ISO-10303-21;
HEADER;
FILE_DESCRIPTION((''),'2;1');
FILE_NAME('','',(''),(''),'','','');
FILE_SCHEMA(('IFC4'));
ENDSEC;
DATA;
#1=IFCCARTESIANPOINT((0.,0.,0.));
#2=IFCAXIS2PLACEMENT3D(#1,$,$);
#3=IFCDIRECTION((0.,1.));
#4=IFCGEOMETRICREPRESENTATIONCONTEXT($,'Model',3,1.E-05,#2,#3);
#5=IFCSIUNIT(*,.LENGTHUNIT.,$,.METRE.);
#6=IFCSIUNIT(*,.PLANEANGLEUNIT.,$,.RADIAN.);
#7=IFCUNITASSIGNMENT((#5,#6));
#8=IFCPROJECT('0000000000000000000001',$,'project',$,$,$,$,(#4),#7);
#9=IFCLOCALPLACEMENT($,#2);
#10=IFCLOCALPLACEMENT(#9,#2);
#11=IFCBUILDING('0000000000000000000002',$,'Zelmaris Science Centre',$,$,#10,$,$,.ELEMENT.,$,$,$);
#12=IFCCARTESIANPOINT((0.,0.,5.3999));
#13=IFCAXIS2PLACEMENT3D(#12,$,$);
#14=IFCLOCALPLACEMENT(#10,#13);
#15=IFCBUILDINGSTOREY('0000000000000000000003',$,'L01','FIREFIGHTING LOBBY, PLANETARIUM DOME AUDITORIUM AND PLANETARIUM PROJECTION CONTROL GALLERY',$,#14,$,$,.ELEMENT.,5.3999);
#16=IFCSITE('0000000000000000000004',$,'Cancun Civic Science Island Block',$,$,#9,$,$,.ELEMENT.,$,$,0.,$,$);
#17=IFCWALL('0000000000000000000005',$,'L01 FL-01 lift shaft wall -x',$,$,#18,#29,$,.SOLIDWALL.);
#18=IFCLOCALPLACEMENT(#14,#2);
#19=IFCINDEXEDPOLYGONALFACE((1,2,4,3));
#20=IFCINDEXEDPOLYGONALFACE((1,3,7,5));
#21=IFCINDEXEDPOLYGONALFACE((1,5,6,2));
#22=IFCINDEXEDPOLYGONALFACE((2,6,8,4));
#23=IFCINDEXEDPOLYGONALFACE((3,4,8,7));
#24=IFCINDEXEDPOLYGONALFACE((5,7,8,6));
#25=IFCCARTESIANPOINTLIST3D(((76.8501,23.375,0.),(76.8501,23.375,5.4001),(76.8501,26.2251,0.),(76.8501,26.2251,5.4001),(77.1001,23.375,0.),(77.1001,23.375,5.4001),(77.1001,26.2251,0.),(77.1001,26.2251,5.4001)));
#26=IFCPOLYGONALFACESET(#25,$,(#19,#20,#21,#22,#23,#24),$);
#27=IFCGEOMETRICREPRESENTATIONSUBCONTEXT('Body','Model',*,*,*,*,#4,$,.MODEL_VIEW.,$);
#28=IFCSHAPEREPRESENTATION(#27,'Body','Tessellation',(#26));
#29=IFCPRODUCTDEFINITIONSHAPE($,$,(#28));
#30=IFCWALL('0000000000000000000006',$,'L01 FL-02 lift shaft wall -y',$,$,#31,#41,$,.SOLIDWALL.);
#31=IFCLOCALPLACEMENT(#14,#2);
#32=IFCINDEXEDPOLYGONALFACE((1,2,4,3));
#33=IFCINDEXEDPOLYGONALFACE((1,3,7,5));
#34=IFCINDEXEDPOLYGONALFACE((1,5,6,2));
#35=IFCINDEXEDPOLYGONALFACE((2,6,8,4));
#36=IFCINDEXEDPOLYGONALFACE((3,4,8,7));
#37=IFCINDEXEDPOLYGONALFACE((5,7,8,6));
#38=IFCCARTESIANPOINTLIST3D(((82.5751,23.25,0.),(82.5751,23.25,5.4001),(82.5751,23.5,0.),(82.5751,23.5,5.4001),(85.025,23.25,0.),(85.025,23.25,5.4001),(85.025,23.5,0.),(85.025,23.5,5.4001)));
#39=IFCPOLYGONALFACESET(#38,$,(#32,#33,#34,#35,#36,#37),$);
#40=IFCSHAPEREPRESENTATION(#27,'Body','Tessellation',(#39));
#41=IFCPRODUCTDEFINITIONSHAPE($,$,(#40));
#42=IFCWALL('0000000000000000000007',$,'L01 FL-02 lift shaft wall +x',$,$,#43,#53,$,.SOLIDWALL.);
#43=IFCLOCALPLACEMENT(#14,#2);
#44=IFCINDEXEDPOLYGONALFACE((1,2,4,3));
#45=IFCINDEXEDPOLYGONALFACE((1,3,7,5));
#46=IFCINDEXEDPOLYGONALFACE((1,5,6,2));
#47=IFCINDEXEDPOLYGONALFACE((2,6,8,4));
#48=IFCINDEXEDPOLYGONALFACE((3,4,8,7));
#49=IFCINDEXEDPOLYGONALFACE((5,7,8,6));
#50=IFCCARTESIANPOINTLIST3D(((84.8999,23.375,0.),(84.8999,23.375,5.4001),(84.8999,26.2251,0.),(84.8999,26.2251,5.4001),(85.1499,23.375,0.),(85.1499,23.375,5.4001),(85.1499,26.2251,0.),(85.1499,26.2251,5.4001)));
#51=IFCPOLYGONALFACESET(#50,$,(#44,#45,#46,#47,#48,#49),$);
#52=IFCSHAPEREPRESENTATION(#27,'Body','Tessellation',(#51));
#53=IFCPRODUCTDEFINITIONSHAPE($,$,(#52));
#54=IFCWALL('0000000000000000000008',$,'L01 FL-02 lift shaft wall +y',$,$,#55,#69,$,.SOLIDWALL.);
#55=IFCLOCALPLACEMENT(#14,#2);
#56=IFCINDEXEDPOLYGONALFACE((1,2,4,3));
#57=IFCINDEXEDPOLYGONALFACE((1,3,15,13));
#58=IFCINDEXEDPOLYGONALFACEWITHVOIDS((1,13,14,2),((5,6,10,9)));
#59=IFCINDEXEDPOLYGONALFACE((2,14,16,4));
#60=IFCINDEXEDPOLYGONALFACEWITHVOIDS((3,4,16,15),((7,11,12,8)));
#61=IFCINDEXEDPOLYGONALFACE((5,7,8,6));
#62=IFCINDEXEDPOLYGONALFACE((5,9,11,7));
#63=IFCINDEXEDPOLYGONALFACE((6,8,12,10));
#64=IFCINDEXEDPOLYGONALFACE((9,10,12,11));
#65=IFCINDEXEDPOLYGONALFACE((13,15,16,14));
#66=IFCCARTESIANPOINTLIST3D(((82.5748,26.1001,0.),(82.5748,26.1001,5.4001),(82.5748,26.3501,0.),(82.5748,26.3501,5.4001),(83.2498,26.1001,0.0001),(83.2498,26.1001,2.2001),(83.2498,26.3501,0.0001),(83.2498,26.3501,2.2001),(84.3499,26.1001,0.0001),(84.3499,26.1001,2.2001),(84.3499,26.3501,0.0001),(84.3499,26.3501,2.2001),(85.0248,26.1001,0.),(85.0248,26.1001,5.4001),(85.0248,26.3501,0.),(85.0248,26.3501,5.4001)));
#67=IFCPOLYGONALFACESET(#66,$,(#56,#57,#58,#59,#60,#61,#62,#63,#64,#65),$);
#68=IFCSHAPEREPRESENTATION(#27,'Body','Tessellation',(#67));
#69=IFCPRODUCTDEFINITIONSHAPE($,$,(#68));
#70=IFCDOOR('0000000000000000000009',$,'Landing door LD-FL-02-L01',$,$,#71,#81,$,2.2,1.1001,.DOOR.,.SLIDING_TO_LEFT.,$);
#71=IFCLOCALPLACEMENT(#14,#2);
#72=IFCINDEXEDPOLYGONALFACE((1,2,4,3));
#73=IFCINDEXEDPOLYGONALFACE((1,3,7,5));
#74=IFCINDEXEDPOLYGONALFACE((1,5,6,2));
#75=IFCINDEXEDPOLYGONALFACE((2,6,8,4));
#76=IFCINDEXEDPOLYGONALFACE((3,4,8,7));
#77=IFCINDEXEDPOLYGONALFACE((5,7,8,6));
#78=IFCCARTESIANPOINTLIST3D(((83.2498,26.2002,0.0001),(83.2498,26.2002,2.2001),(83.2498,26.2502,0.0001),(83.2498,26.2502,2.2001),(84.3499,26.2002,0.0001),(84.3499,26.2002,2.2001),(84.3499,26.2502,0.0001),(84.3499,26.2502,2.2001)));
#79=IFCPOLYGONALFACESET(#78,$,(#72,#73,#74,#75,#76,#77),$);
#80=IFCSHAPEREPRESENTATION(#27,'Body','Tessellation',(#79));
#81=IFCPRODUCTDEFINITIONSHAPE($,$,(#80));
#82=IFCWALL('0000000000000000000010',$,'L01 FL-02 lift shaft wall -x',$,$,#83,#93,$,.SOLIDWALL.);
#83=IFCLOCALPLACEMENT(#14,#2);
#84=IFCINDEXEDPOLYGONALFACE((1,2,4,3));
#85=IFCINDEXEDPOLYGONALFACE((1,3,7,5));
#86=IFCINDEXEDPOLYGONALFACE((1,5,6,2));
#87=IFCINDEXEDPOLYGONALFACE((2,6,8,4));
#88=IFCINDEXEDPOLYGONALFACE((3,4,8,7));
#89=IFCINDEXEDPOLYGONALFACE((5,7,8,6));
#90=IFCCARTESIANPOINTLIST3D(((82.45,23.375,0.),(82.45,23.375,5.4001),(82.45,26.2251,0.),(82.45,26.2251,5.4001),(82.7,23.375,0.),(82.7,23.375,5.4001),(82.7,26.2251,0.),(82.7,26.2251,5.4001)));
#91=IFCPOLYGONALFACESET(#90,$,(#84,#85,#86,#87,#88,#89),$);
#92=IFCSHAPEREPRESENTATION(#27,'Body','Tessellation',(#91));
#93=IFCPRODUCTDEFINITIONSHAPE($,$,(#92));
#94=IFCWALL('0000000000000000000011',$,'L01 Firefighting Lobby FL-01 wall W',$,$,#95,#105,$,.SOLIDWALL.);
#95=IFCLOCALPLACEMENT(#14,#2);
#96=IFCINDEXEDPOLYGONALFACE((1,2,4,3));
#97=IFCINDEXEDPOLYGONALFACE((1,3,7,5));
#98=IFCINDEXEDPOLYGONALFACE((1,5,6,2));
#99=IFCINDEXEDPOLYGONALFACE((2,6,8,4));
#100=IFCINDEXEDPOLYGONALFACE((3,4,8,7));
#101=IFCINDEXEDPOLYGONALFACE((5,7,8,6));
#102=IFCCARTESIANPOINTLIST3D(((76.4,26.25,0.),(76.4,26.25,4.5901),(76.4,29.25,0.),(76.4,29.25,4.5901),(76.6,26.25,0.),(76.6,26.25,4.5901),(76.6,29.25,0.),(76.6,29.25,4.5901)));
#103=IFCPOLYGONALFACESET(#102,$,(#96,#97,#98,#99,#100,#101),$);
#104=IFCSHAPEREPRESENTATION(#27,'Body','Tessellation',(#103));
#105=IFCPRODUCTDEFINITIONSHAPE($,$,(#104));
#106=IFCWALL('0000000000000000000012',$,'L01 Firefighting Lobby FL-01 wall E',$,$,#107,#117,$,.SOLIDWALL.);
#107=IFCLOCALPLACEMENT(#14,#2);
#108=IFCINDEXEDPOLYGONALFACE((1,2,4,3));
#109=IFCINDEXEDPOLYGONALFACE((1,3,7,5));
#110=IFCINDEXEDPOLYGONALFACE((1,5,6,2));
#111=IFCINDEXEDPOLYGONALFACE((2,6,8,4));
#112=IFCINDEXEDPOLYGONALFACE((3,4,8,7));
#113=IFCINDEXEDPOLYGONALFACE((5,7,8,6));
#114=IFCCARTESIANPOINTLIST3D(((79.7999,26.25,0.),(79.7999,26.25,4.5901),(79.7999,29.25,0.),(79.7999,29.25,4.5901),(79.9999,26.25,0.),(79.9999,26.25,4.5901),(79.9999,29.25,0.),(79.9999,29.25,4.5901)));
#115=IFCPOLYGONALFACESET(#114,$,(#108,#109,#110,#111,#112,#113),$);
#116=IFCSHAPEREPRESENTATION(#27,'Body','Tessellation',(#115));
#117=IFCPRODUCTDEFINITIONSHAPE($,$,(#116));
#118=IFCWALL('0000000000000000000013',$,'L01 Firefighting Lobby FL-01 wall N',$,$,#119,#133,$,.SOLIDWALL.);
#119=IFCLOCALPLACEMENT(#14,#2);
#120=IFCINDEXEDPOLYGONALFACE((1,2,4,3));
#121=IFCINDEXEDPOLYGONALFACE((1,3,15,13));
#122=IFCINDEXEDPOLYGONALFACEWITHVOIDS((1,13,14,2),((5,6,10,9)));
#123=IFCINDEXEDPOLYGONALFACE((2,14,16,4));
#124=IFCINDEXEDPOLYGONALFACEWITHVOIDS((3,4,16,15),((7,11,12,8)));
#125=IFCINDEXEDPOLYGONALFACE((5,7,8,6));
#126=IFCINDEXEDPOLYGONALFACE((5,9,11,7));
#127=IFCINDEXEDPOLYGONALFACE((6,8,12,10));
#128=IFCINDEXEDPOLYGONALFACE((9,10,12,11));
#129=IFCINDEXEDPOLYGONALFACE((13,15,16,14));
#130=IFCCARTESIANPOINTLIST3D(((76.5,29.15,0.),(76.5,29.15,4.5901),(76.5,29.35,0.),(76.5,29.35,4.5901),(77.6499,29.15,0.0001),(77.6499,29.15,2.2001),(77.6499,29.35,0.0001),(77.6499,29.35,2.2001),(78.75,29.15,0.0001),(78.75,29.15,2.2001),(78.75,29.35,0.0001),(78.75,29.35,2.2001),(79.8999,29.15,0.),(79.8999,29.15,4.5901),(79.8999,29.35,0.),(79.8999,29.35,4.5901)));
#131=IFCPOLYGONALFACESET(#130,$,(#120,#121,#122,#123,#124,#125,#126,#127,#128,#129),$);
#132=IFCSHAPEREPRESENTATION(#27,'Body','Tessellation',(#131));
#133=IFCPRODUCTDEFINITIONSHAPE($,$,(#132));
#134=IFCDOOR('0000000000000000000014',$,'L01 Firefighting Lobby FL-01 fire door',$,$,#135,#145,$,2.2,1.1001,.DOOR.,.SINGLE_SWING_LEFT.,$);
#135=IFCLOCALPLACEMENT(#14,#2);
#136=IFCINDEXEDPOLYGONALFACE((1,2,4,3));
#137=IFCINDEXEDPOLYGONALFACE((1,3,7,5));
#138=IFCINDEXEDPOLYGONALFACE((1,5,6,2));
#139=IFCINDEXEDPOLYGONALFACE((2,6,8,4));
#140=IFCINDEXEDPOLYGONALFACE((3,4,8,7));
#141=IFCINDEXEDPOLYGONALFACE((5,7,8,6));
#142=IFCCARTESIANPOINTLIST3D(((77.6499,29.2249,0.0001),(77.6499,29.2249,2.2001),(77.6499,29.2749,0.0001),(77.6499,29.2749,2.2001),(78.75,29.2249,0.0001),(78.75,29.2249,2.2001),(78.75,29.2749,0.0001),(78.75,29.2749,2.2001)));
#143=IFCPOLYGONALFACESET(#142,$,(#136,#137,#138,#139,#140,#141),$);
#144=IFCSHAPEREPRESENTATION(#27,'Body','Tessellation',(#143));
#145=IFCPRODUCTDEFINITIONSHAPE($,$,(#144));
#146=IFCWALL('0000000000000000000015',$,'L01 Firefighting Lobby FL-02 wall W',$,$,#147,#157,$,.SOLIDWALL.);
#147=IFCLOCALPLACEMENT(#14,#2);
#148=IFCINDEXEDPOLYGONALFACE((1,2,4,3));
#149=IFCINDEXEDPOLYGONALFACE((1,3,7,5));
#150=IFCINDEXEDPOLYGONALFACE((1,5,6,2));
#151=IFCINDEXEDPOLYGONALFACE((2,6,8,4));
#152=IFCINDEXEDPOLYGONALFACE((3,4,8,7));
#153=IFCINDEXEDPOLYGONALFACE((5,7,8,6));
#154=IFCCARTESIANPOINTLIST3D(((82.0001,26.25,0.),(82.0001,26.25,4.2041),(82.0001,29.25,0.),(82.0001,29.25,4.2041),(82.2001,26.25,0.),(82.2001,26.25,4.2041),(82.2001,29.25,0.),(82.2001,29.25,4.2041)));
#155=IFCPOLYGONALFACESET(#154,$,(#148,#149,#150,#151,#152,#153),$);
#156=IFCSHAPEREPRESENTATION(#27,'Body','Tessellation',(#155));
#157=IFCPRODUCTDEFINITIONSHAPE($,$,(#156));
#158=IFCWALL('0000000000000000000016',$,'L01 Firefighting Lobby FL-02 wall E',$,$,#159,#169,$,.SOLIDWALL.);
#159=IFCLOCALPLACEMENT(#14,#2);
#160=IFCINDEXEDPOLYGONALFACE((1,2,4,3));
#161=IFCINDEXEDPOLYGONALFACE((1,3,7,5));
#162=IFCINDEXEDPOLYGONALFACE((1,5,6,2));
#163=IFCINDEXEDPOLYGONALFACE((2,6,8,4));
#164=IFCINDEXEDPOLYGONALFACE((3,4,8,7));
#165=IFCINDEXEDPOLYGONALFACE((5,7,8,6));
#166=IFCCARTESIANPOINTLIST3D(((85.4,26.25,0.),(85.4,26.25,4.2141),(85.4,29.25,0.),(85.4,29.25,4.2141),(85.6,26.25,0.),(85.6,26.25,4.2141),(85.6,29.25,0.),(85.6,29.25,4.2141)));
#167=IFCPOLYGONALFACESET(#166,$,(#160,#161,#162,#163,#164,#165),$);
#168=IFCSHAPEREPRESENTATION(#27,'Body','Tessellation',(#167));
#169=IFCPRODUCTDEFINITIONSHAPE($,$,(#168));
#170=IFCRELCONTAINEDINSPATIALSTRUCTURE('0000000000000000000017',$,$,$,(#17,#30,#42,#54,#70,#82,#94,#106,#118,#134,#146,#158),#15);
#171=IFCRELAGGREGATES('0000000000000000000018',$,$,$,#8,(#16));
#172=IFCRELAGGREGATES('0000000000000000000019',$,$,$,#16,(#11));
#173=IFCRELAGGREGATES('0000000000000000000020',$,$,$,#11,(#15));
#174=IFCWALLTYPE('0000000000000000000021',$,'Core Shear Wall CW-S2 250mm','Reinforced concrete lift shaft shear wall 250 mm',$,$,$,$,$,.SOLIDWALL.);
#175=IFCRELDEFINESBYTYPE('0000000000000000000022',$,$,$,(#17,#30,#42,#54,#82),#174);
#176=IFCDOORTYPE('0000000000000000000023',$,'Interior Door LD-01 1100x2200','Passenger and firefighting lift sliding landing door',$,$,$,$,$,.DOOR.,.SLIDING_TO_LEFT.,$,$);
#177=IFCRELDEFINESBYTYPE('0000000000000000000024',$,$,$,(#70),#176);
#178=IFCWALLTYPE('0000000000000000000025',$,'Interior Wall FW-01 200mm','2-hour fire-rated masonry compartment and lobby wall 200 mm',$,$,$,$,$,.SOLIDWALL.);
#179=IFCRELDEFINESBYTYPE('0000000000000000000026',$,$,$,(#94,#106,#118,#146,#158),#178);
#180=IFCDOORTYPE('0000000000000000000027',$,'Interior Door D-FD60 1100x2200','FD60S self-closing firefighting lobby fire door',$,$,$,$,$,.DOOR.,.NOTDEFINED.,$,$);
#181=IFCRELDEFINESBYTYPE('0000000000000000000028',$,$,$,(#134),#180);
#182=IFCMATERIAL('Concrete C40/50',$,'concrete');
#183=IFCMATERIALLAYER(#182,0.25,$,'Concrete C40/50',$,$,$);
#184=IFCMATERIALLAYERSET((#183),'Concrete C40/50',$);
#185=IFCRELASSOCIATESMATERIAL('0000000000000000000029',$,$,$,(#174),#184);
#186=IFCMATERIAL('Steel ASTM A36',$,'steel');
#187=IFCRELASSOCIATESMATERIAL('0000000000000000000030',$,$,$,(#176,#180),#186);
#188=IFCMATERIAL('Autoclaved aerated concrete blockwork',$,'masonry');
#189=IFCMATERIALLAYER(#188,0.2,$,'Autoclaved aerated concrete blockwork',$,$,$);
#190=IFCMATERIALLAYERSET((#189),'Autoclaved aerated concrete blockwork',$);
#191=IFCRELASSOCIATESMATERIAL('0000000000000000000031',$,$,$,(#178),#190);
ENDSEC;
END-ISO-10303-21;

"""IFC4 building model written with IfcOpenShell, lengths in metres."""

from ifc_helpers import new_model, si_unit, direction, frame, frame_2d, origin, place, context, subcontext, project, spatial, rectangle, extrude, material, layer, layer_set, type_object, element, fill, save


model = new_model("IFC4")

# Units and contexts
model_context = context("Model", 3, precision=1e-05, world=origin(), true_north=direction((0.0, 1.0)))
body_context = subcontext(model_context, "Body", "Model", "MODEL_VIEW")
ifc_project = project(units=[si_unit("LENGTHUNIT", "METRE"), si_unit("PLANEANGLEUNIT", "RADIAN")], contexts=[model_context])

# Site, building, storey
site_placement = place(None, origin())
site = spatial("IfcSite", under=ifc_project, at=site_placement, Name="Cancun Civic Science Island Block", CompositionType="ELEMENT", RefElevation=0.0)
building_placement = place(site_placement, origin())
building = spatial("IfcBuilding", under=site, at=building_placement, Name="Zelmaris Science Centre", CompositionType="ELEMENT")
storey_placement = place(building_placement, frame((0.0, 0.0, 5.3999)))
storey = spatial("IfcBuildingStorey", under=building, at=storey_placement, Name="L01", Description="FIREFIGHTING LOBBY, PLANETARIUM DOME AUDITORIUM AND PLANETARIUM PROJECTION CONTROL GALLERY", CompositionType="ELEMENT", Elevation=5.3999)

# Shared definitions
ifc_material_1 = material(Name="Concrete C40/50", Category="concrete")
ifc_layer_1 = layer(ifc_material_1, 0.25, Name="Concrete C40/50")
ifc_layer_set_1 = layer_set([ifc_layer_1], Name="Concrete C40/50")
wall_type_1 = type_object("IfcWallType", Name="Core Shear Wall CW-S2 250mm", Description="Reinforced concrete lift shaft shear wall 250 mm", PredefinedType="SOLIDWALL", material=ifc_layer_set_1)
ifc_material_2 = material(Name="Steel ASTM A36", Category="steel")
door_type_1 = type_object("IfcDoorType", Name="Interior Door LD-01 1100x2200", Description="Passenger and firefighting lift sliding landing door", OperationType="SLIDING_TO_LEFT", PredefinedType="DOOR", material=ifc_material_2)

# Walls
wall_1_placement = place(storey_placement, frame((76.9751, 26.2251, 0.0), z_axis=(0.0, 0.0, 1.0), x_axis=(0.0, -1.0, 0.0)))
element("IfcWall", 1, at=wall_1_placement, inside=storey, type_object=wall_type_1, Name="L01 FL-01 lift shaft wall -x", PredefinedType="SOLIDWALL", context=body_context, shape_type="SweptSolid", body=[
    extrude(rectangle(XDim=2.8501, YDim=0.25, at=frame_2d((1.425, 0.0))), origin(), (0.0, 0.0, 1.0), 5.4001),
])
wall_2_placement = place(storey_placement, frame((82.575, 23.375, 0.0), z_axis=(0.0, 0.0, 1.0), x_axis=(1.0, 0.0, 0.0)))
element("IfcWall", 2, at=wall_2_placement, inside=storey, type_object=wall_type_1, Name="L01 FL-02 lift shaft wall -y", PredefinedType="SOLIDWALL", context=body_context, shape_type="SweptSolid", body=[
    extrude(rectangle(XDim=2.45, YDim=0.25, at=frame_2d((1.2251, 0.0))), origin(), (0.0, 0.0, 1.0), 5.4001),
])
wall_3_placement = place(storey_placement, frame((85.0249, 23.375, 0.0), z_axis=(0.0, 0.0, 1.0), x_axis=(0.0, 1.0, 0.0)))
element("IfcWall", 3, at=wall_3_placement, inside=storey, type_object=wall_type_1, Name="L01 FL-02 lift shaft wall +x", PredefinedType="SOLIDWALL", context=body_context, shape_type="SweptSolid", body=[
    extrude(rectangle(XDim=2.8501, YDim=0.25, at=frame_2d((1.425, 0.0))), origin(), (0.0, 0.0, 1.0), 5.4001),
])

# Wall, opening, door
wall_4_placement = place(storey_placement, frame((85.0249, 26.2251, 0.0), z_axis=(0.0, 0.0, 1.0), x_axis=(-1.0, 0.0, 0.0)))
wall_4 = element("IfcWall", 4, at=wall_4_placement, inside=storey, type_object=wall_type_1, Name="L01 FL-02 lift shaft wall +y", PredefinedType="SOLIDWALL", context=body_context, shape_type="SweptSolid", body=[
    extrude(rectangle(XDim=2.45, YDim=0.25, at=frame_2d((1.2251, 0.0))), origin(), (0.0, 0.0, 1.0), 5.4001),
])
opening_1_placement = place(wall_4_placement, frame((0.675, 0.0, 0.0)))
opening_1 = element("IfcOpeningElement", 5, at=opening_1_placement, cuts=wall_4, PredefinedType="OPENING", context=body_context, shape_type="SweptSolid", body=[
    extrude(rectangle(XDim=1.1001, YDim=2.2, at=frame_2d((0.55, 1.1001))), frame((0.0, 0.135, 0.0), z_axis=(0.0, -1.0, 0.0), x_axis=(1.0, 0.0, 0.0)), (0.0, 0.0, 1.0), 0.27),
])
door_1_placement = place(opening_1_placement, origin())
door_1 = element("IfcDoor", 6, at=door_1_placement, inside=storey, type_object=door_type_1, Name="Landing door LD-FL-02-L01", OperationType="SLIDING_TO_LEFT", OverallHeight=2.2, OverallWidth=1.1001, PredefinedType="DOOR", context=body_context, shape_type="SweptSolid", body=[
    extrude(rectangle(XDim=1.1001, YDim=2.2, at=frame_2d((0.55, 1.1001))), frame((0.0, 0.0249, 0.0), z_axis=(0.0, -1.0, 0.0), x_axis=(1.0, 0.0, 0.0)), (0.0, 0.0, 1.0), 0.05),
])
fill(opening_1, door_1)

# Walls
wall_5_placement = place(storey_placement, frame((82.575, 26.2251, 0.0), z_axis=(0.0, 0.0, 1.0), x_axis=(0.0, -1.0, 0.0)))
element("IfcWall", 7, at=wall_5_placement, inside=storey, type_object=wall_type_1, Name="L01 FL-02 lift shaft wall -x", PredefinedType="SOLIDWALL", context=body_context, shape_type="SweptSolid", body=[
    extrude(rectangle(XDim=2.8501, YDim=0.25, at=frame_2d((1.425, 0.0))), origin(), (0.0, 0.0, 1.0), 5.4001),
])
ifc_material_3 = material(Name="Autoclaved aerated concrete blockwork", Category="masonry")
ifc_layer_2 = layer(ifc_material_3, 0.2, Name="Autoclaved aerated concrete blockwork")
ifc_layer_set_2 = layer_set([ifc_layer_2], Name="Autoclaved aerated concrete blockwork")
wall_type_2 = type_object("IfcWallType", Name="Interior Wall FW-01 200mm", Description="2-hour fire-rated masonry compartment and lobby wall 200 mm", PredefinedType="SOLIDWALL", material=ifc_layer_set_2)
for number, where, z_axis, x_axis, name in (
    (8, (76.5, 26.25, 0.0), (0.0, 0.0, 1.0), (0.0, 1.0, 0.0), "L01 Firefighting Lobby FL-01 wall W"),
    (9, (79.8999, 26.25, 0.0), (0.0, 0.0, 1.0), (0.0, 1.0, 0.0), "L01 Firefighting Lobby FL-01 wall E"),
):
    element("IfcWall", number, at=place(storey_placement, frame(where, z_axis=z_axis, x_axis=x_axis)), inside=storey, type_object=wall_type_2, Name=name, PredefinedType="SOLIDWALL", context=body_context, shape_type="SweptSolid", body=[
        extrude(rectangle(XDim=3.0, YDim=0.2, at=frame_2d((1.5, 0.0))), origin(), (0.0, 0.0, 1.0), 4.5901),
    ])

# Wall, opening, door
wall_6_placement = place(storey_placement, frame((76.5, 29.25, 0.0), z_axis=(0.0, 0.0, 1.0), x_axis=(1.0, 0.0, 0.0)))
wall_6 = element("IfcWall", 10, at=wall_6_placement, inside=storey, type_object=wall_type_2, Name="L01 Firefighting Lobby FL-01 wall N", PredefinedType="SOLIDWALL", context=body_context, shape_type="SweptSolid", body=[
    extrude(rectangle(XDim=3.3999, YDim=0.2, at=frame_2d((1.7, 0.0))), origin(), (0.0, 0.0, 1.0), 4.5901),
])
opening_2_placement = place(wall_6_placement, frame((1.1499, 0.0, 0.0)))
opening_2 = element("IfcOpeningElement", 11, at=opening_2_placement, cuts=wall_6, PredefinedType="OPENING", context=body_context, shape_type="SweptSolid", body=[
    extrude(rectangle(XDim=1.1001, YDim=2.2, at=frame_2d((0.55, 1.1001))), frame((0.0, 0.1099, 0.0), z_axis=(0.0, -1.0, 0.0), x_axis=(1.0, 0.0, 0.0)), (0.0, 0.0, 1.0), 0.22),
])
door_type_2 = type_object("IfcDoorType", Name="Interior Door D-FD60 1100x2200", Description="FD60S self-closing firefighting lobby fire door", OperationType="NOTDEFINED", PredefinedType="DOOR", material=ifc_material_2)
door_2_placement = place(opening_2_placement, origin())
door_2 = element("IfcDoor", 12, at=door_2_placement, inside=storey, type_object=door_type_2, Name="L01 Firefighting Lobby FL-01 fire door", OperationType="SINGLE_SWING_LEFT", OverallHeight=2.2, OverallWidth=1.1001, PredefinedType="DOOR", context=body_context, shape_type="SweptSolid", body=[
    extrude(rectangle(XDim=1.1001, YDim=2.2, at=frame_2d((0.55, 1.1001))), frame((0.0, 0.0249, 0.0), z_axis=(0.0, -1.0, 0.0), x_axis=(1.0, 0.0, 0.0)), (0.0, 0.0, 1.0), 0.05),
])
fill(opening_2, door_2)

# Walls
wall_7_placement = place(storey_placement, frame((82.1001, 26.25, 0.0), z_axis=(0.0, 0.0, 1.0), x_axis=(0.0, 1.0, 0.0)))
element("IfcWall", 13, at=wall_7_placement, inside=storey, type_object=wall_type_2, Name="L01 Firefighting Lobby FL-02 wall W", PredefinedType="SOLIDWALL", context=body_context, shape_type="SweptSolid", body=[
    extrude(rectangle(XDim=3.0, YDim=0.2, at=frame_2d((1.5, 0.0))), origin(), (0.0, 0.0, 1.0), 4.2041),
])
wall_8_placement = place(storey_placement, frame((85.5, 26.25, 0.0), z_axis=(0.0, 0.0, 1.0), x_axis=(0.0, 1.0, 0.0)))
element("IfcWall", 14, at=wall_8_placement, inside=storey, type_object=wall_type_2, Name="L01 Firefighting Lobby FL-02 wall E", PredefinedType="SOLIDWALL", context=body_context, shape_type="SweptSolid", body=[
    extrude(rectangle(XDim=3.0, YDim=0.2, at=frame_2d((1.5, 0.0))), origin(), (0.0, 0.0, 1.0), 4.2141),
])

save(model, "model.ifc")
